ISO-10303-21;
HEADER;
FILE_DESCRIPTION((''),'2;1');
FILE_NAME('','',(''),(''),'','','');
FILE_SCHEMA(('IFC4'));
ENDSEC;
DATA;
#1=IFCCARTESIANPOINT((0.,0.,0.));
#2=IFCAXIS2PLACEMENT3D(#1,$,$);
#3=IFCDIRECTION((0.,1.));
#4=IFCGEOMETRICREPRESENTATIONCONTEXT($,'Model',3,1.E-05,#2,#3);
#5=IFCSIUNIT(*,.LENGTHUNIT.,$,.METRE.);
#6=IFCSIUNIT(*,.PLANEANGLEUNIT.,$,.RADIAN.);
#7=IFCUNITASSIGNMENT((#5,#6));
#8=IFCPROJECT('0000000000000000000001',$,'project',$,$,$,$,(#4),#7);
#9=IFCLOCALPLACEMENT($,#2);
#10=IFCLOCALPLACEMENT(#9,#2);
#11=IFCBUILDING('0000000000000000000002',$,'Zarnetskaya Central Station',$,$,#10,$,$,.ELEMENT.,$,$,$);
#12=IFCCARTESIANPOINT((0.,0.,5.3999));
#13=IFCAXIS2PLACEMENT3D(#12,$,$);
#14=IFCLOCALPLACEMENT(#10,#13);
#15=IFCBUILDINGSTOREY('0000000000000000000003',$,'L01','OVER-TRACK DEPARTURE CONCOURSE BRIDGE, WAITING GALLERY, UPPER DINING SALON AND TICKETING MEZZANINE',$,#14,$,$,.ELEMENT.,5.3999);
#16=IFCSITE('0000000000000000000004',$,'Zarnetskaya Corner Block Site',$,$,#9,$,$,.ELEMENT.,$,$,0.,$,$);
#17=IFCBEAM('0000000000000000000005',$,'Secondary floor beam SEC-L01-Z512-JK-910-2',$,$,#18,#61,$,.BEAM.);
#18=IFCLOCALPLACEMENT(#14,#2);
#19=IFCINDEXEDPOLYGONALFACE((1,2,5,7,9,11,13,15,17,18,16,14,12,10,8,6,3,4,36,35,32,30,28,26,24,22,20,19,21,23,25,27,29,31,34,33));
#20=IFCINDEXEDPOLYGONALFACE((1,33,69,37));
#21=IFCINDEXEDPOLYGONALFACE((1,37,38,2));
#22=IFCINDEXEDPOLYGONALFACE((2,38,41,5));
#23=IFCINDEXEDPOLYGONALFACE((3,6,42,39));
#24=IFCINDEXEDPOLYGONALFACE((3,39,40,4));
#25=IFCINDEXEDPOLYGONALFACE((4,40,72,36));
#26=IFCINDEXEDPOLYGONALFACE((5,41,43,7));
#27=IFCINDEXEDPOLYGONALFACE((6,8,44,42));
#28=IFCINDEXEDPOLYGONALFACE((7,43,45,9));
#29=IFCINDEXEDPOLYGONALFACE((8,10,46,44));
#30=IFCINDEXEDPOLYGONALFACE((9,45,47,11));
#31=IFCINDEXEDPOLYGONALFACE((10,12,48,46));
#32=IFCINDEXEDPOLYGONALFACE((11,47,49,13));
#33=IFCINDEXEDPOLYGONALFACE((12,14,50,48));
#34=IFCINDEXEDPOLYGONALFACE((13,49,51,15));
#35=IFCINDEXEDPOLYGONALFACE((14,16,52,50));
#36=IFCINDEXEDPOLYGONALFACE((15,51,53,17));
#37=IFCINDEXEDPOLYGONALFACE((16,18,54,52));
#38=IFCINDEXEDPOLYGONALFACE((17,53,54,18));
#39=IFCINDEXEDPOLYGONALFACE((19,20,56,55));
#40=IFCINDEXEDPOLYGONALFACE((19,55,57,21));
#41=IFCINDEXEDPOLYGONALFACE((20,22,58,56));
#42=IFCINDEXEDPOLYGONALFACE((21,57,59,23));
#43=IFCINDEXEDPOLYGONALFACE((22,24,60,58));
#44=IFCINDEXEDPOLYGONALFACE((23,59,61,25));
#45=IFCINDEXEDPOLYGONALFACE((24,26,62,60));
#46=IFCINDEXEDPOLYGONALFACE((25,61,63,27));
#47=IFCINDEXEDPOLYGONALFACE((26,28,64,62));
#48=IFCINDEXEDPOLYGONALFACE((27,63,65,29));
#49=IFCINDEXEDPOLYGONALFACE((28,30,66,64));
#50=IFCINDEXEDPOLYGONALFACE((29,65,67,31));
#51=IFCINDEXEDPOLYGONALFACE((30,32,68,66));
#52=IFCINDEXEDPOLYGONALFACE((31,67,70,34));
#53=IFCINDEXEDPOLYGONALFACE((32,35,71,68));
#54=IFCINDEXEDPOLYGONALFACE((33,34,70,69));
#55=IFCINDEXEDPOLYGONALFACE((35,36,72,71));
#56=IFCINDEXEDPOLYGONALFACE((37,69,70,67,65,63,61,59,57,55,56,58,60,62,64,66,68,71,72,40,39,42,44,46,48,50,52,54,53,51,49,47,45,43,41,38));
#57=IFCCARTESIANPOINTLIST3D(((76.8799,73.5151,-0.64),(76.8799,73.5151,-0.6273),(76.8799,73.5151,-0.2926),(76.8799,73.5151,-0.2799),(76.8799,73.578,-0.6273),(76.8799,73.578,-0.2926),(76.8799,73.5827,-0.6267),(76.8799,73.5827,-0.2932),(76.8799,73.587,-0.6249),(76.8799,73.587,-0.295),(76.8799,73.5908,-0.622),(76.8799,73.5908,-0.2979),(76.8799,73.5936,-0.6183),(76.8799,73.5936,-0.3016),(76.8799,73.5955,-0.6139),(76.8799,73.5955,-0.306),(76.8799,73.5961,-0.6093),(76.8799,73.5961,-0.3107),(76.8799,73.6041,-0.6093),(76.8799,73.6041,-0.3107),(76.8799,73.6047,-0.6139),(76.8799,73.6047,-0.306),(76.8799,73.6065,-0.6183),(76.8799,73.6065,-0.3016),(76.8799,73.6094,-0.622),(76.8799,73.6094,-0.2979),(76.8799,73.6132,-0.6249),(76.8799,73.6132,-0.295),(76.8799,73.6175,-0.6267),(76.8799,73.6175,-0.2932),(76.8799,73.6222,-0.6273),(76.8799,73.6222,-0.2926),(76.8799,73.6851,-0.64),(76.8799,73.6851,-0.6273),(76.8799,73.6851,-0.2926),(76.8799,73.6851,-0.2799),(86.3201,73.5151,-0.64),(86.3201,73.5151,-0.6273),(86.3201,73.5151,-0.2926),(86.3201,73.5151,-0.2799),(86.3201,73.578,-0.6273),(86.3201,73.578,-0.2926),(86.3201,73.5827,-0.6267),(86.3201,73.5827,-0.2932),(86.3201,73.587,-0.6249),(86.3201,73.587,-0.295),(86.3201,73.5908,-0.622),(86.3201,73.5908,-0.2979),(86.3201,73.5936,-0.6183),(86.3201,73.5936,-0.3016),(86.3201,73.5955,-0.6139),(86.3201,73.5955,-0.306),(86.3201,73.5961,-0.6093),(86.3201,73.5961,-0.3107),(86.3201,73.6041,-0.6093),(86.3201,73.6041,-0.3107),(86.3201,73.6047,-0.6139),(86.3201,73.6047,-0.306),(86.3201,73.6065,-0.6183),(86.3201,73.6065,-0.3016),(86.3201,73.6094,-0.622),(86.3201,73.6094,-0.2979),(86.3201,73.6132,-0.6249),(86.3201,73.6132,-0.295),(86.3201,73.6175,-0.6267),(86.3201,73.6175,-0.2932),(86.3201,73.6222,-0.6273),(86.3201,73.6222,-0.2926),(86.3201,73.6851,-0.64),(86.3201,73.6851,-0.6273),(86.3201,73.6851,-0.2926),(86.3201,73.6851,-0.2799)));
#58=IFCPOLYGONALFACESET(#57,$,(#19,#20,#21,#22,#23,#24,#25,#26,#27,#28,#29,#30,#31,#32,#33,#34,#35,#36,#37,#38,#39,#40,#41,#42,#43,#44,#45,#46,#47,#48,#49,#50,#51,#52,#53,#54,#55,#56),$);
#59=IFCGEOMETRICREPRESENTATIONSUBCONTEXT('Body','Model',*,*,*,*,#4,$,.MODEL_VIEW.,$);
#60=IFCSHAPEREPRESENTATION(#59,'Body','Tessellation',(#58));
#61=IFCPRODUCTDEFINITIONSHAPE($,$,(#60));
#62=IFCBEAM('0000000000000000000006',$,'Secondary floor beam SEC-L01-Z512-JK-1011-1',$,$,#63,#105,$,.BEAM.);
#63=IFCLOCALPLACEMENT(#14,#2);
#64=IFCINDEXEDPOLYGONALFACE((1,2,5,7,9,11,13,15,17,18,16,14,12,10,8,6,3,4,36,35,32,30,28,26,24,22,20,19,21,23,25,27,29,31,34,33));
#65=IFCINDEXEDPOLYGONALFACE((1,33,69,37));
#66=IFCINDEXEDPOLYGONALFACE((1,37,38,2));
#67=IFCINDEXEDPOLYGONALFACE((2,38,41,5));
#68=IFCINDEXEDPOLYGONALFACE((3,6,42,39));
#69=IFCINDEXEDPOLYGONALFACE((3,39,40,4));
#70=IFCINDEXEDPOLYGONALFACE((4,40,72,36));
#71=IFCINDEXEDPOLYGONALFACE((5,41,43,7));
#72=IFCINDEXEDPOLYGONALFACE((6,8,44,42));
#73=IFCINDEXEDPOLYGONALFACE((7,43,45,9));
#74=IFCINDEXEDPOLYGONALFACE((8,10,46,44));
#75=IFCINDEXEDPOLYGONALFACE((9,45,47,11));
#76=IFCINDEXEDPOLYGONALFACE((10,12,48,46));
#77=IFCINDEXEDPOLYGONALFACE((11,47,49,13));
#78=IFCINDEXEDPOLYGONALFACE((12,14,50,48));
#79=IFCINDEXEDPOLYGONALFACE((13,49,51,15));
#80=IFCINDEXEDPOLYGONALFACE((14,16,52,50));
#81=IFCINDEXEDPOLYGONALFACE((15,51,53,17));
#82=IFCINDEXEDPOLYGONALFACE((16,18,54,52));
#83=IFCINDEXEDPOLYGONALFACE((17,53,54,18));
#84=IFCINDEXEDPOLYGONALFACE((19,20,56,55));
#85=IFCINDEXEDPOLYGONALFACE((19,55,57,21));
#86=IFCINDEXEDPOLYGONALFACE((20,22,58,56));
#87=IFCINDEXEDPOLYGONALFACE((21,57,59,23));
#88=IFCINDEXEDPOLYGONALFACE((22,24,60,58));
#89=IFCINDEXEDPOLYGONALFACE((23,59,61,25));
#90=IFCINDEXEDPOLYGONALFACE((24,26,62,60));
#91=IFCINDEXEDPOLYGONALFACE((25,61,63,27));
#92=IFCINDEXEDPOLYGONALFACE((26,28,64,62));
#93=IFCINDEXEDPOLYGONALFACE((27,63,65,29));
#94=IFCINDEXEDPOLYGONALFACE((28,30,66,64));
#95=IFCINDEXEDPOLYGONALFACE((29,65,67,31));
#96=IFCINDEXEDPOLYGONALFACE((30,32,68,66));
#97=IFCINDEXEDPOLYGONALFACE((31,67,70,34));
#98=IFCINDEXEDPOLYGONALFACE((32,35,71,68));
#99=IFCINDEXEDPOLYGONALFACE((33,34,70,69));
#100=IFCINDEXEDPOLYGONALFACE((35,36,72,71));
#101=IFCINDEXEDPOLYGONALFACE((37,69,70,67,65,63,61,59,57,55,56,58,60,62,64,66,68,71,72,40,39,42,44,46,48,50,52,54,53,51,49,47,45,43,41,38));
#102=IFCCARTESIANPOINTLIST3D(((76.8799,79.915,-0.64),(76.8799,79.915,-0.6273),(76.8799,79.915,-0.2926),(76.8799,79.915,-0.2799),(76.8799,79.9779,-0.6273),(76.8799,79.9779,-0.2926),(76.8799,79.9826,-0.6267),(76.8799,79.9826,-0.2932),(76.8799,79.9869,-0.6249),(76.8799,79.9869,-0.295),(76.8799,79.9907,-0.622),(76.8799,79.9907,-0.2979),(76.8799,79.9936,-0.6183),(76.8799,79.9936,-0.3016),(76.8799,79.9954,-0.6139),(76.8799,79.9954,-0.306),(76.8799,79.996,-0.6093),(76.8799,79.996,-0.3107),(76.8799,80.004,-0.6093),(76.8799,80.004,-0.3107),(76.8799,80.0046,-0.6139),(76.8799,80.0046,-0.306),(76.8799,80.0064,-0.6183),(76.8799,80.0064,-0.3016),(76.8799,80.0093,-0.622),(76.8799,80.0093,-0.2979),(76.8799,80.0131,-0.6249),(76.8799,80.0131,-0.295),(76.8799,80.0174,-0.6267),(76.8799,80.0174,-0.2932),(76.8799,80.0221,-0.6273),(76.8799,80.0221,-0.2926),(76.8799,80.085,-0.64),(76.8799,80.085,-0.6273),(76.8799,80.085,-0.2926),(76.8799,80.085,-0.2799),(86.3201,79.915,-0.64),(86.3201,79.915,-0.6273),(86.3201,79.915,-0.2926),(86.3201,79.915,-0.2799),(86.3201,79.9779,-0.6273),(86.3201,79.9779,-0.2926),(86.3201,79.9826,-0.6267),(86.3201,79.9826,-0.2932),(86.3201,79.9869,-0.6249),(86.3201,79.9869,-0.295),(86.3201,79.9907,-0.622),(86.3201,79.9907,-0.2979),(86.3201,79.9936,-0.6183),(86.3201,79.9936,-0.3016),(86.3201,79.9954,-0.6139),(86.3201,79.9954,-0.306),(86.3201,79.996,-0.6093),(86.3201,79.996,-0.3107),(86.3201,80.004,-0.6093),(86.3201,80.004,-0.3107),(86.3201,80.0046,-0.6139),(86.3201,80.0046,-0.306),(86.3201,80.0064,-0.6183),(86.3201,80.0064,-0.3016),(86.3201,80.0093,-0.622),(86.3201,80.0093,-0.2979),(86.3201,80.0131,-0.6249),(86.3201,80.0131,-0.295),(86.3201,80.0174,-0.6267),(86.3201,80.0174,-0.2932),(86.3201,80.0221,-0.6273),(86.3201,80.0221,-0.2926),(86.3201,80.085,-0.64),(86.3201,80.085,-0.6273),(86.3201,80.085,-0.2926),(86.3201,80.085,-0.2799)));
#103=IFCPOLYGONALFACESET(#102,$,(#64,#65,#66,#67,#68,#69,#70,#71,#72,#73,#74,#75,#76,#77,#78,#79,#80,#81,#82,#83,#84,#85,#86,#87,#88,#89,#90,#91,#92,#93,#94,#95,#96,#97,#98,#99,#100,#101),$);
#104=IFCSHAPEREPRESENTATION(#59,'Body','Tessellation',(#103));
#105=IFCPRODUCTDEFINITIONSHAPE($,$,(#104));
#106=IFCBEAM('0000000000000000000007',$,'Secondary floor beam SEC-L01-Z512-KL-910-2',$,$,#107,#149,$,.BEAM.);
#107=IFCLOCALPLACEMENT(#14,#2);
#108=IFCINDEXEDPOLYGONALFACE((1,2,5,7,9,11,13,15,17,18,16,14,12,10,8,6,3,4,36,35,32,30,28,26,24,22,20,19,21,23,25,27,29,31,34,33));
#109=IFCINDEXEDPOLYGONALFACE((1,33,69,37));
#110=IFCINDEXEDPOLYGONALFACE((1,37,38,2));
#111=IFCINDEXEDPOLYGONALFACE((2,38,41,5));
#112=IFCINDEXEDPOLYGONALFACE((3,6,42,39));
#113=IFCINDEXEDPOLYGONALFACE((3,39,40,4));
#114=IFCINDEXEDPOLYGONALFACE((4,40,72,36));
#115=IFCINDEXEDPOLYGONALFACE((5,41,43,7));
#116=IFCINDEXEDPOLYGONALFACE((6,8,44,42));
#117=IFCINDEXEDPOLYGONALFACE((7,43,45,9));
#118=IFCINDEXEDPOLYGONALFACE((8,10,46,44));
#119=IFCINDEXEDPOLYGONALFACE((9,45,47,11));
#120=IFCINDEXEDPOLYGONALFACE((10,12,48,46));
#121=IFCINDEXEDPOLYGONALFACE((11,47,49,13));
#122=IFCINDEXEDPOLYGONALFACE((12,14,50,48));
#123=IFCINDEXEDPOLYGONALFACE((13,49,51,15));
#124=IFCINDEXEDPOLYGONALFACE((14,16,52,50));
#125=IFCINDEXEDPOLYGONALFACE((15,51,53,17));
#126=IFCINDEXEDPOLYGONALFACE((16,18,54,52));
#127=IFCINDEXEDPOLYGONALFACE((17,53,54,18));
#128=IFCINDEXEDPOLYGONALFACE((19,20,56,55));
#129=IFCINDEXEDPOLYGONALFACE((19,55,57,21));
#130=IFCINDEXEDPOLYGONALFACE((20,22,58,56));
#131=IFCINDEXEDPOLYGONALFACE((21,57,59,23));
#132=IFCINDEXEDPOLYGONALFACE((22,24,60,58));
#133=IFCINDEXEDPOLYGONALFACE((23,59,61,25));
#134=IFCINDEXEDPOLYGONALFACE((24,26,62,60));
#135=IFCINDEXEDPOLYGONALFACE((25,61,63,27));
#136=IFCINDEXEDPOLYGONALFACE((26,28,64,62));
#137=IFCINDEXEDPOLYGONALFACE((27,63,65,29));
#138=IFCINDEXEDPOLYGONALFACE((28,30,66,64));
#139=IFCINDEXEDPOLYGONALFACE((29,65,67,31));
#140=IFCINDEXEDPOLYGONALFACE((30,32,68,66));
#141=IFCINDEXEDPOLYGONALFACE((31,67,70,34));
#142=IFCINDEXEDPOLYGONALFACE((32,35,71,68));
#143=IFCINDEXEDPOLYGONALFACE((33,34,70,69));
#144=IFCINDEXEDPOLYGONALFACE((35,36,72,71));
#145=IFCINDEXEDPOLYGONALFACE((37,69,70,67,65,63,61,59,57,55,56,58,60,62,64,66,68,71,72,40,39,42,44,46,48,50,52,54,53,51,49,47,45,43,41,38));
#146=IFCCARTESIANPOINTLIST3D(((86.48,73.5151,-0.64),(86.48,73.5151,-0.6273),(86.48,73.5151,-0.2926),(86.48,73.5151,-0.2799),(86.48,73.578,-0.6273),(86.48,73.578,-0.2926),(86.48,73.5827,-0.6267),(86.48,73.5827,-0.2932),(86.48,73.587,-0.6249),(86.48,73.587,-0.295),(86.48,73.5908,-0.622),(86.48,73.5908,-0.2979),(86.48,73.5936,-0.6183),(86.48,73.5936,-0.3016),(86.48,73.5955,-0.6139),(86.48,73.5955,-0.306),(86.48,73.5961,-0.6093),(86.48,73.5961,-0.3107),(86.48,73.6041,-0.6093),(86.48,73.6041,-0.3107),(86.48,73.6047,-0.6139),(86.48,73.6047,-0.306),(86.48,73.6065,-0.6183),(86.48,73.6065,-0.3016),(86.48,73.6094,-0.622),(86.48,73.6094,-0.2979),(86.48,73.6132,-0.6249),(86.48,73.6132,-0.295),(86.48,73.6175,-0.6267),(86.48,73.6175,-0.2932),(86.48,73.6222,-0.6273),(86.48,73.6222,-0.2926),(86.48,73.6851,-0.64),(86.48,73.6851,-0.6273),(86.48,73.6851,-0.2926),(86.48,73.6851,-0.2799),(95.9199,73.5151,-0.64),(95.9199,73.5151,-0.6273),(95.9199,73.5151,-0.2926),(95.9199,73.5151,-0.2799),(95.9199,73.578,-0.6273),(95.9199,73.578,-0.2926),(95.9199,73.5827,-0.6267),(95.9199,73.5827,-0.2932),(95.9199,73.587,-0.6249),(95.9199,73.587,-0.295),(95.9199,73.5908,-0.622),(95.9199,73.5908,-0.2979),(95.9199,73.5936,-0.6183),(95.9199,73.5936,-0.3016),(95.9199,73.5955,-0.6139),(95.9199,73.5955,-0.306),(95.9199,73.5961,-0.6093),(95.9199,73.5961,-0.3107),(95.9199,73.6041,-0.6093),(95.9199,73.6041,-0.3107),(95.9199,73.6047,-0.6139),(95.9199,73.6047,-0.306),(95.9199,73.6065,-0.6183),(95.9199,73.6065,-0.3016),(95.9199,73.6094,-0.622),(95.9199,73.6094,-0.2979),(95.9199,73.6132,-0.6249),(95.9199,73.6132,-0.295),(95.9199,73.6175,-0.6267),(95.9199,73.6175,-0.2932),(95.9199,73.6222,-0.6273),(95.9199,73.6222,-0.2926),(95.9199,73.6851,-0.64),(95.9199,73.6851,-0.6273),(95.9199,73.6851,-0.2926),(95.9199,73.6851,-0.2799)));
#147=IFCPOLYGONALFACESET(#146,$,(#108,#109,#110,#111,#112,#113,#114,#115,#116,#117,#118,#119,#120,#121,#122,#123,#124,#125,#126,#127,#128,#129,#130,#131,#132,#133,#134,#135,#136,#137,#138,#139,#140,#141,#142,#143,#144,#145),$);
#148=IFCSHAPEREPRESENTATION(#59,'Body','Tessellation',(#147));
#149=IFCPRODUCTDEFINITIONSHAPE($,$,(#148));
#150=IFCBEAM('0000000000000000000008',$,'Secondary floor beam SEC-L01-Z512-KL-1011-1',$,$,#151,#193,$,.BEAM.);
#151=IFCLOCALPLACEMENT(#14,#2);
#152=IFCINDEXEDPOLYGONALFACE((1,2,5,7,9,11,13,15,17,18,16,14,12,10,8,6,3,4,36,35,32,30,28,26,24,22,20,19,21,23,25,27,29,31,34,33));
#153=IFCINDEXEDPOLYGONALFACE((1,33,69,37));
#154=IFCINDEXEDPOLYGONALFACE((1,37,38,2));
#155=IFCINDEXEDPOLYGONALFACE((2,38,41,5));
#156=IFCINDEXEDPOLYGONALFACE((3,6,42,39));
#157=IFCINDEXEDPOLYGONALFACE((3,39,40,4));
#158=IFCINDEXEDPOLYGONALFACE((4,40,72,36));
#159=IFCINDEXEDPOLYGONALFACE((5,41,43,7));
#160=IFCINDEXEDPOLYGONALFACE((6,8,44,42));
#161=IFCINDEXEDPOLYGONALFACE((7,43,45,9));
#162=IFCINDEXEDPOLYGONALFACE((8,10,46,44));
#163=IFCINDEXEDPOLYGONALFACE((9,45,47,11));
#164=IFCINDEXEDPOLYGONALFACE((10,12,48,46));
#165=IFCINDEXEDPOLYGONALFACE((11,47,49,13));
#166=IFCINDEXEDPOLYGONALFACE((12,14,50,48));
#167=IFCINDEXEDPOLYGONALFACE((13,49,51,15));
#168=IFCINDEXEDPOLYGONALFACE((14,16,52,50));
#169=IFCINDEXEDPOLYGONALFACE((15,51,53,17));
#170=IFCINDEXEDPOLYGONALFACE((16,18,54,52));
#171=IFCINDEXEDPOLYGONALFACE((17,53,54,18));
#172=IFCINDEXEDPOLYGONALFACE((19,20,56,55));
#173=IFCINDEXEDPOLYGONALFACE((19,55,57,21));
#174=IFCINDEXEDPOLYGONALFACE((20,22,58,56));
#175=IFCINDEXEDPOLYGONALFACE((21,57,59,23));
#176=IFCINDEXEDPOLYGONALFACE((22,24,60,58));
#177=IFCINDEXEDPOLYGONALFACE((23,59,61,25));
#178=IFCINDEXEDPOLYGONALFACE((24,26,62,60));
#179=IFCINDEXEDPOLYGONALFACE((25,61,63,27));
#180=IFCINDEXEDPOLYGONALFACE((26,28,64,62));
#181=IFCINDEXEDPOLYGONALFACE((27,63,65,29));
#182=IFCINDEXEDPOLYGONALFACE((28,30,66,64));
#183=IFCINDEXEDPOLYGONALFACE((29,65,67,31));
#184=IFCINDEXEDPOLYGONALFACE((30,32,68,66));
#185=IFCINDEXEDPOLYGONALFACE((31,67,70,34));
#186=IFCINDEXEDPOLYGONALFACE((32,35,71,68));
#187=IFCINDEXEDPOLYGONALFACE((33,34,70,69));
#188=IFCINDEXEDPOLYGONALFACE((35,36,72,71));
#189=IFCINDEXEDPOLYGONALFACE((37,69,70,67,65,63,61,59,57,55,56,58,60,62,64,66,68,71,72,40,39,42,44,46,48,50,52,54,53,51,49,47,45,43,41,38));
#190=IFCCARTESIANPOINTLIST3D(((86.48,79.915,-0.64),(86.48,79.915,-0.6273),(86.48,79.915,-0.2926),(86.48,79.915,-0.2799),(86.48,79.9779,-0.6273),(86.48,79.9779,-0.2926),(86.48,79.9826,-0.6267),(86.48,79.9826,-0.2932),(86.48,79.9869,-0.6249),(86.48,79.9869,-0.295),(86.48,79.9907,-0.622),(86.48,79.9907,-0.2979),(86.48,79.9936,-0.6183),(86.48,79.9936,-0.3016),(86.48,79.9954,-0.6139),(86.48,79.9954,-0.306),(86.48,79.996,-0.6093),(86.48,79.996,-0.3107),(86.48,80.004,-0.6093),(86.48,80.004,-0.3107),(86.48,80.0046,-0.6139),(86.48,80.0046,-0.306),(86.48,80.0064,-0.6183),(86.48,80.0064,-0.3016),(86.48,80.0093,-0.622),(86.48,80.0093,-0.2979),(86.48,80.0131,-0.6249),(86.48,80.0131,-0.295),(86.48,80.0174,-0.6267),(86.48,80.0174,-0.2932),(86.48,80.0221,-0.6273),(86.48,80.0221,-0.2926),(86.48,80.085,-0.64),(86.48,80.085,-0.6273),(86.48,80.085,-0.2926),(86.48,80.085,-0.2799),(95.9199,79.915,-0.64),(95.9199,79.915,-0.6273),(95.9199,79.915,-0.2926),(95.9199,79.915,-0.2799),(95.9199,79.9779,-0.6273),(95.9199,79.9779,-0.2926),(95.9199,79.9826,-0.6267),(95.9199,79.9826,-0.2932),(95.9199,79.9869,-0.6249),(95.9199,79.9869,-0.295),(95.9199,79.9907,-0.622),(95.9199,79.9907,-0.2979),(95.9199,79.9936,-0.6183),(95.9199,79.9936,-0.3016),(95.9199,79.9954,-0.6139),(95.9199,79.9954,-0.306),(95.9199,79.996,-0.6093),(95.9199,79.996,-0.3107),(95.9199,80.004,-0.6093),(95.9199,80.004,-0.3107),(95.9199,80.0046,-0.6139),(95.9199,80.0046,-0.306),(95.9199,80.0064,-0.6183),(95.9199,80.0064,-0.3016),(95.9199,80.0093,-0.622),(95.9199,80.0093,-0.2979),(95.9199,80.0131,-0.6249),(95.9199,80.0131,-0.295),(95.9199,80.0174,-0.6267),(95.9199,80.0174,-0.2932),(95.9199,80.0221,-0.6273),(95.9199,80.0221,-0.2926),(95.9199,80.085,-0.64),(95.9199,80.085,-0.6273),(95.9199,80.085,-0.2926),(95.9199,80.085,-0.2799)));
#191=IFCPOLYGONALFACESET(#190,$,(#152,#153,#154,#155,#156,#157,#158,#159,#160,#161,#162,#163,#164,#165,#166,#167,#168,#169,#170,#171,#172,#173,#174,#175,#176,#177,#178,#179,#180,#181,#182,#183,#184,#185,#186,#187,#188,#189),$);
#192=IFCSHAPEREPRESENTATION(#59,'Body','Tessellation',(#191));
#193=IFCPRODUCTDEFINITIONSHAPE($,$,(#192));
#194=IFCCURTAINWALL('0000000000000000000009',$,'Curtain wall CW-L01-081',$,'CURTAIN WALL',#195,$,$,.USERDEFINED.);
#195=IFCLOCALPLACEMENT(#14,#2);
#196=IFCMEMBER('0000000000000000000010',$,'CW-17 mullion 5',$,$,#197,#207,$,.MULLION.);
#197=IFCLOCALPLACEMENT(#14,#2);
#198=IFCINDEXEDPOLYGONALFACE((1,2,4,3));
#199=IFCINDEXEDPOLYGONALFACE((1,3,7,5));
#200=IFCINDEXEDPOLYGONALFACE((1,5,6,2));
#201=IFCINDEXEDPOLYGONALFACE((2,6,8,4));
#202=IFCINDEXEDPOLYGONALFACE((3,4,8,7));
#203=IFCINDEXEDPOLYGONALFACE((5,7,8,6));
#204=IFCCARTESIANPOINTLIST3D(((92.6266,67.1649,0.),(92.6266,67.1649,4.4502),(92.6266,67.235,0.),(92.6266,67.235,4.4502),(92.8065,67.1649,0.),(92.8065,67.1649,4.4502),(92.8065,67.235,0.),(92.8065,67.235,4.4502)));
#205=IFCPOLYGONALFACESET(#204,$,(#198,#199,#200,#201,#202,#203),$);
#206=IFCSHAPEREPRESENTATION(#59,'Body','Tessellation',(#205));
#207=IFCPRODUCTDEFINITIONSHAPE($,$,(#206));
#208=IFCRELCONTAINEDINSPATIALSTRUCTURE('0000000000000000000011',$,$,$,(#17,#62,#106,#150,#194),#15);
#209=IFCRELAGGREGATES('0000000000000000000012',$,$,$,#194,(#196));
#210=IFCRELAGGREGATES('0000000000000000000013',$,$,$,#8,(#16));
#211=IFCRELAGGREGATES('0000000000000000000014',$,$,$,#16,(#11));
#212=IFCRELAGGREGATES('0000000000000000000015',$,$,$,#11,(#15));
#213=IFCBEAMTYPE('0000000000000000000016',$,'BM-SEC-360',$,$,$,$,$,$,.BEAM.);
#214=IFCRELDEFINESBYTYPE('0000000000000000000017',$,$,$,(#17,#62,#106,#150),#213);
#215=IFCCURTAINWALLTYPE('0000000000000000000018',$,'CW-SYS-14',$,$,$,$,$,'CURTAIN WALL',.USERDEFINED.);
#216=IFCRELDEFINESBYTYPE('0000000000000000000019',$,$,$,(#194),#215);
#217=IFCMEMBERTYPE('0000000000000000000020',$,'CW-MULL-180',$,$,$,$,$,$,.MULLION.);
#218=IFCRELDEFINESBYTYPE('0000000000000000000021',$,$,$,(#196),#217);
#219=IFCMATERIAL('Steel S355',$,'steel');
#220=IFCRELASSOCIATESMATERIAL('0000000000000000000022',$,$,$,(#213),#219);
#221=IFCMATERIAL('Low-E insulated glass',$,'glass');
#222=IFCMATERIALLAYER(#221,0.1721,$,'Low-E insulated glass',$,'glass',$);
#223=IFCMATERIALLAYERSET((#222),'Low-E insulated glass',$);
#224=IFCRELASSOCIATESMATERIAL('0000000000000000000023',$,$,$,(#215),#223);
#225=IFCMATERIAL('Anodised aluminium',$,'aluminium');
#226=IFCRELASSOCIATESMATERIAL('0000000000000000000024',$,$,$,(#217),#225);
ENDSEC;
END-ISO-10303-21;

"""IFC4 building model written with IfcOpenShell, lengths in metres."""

from ifc_helpers import new_model, si_unit, direction, frame, origin, origin_2d, place, context, subcontext, project, spatial, rectangle, i_section, extrude, material, layer, layer_set, material_profile, profile_set, type_object, element, aggregate, save


model = new_model("IFC4")

# Units and contexts
model_context = context("Model", 3, precision=1e-05, world=origin(), true_north=direction((0.0, 1.0)))
body_context = subcontext(model_context, "Body", "Model", "MODEL_VIEW")
ifc_project = project(units=[si_unit("LENGTHUNIT", "METRE"), si_unit("PLANEANGLEUNIT", "RADIAN")], contexts=[model_context])

# Site, building, storey
site_placement = place(None, origin())
site = spatial("IfcSite", under=ifc_project, at=site_placement, Name="Zarnetskaya Corner Block Site", CompositionType="ELEMENT", RefElevation=0.0)
building_placement = place(site_placement, origin())
building = spatial("IfcBuilding", under=site, at=building_placement, Name="Zarnetskaya Central Station", CompositionType="ELEMENT")
storey_placement = place(building_placement, frame((0.0, 0.0, 5.3999)))
storey = spatial("IfcBuildingStorey", under=building, at=storey_placement, Name="L01", Description="OVER-TRACK DEPARTURE CONCOURSE BRIDGE, WAITING GALLERY, UPPER DINING SALON AND TICKETING MEZZANINE", CompositionType="ELEMENT", Elevation=5.3999)

# Shared definitions
ifc_material_1 = material(Name="Steel S355", Category="steel")

# Beams
ifc_material_profile_1 = material_profile(ifc_material_1, i_section(OverallWidth=0.1699, OverallDepth=0.3601, WebThickness=0.0081, FlangeThickness=0.0127, FilletRadius=0.0181, at=origin_2d()), Name="IPE 360")
ifc_profile_set_1 = profile_set([ifc_material_profile_1], Name="Steel S355")
beam_type_1 = type_object("IfcBeamType", Name="BM-SEC-360", PredefinedType="BEAM", material=ifc_profile_set_1)
for number, where, z_axis, x_axis, name in (
    (1, (76.8799, 73.6001, -0.46), (1.0, 0.0, 0.0), (0.0, 1.0, 0.0), "Secondary floor beam SEC-L01-Z512-JK-910-2"),
    (2, (76.8799, 80.0, -0.46), (1.0, 0.0, 0.0), (0.0, 1.0, 0.0), "Secondary floor beam SEC-L01-Z512-JK-1011-1"),
):
    element("IfcBeam", number, at=place(storey_placement, frame(where, z_axis=z_axis, x_axis=x_axis)), inside=storey, type_object=beam_type_1, Name=name, PredefinedType="BEAM", context=body_context, shape_type="SweptSolid", body=[
        extrude(i_section(OverallWidth=0.1699, OverallDepth=0.3601, WebThickness=0.0081, FlangeThickness=0.0127, FilletRadius=0.0181, at=origin_2d()), origin(), (0.0, 0.0, 1.0), 9.4402),
    ])
for number, where, z_axis, x_axis, name in (
    (3, (86.48, 73.6001, -0.46), (1.0, 0.0, 0.0), (0.0, 1.0, 0.0), "Secondary floor beam SEC-L01-Z512-KL-910-2"),
    (4, (86.48, 80.0, -0.46), (1.0, 0.0, 0.0), (0.0, 1.0, 0.0), "Secondary floor beam SEC-L01-Z512-KL-1011-1"),
):
    element("IfcBeam", number, at=place(storey_placement, frame(where, z_axis=z_axis, x_axis=x_axis)), inside=storey, type_object=beam_type_1, Name=name, PredefinedType="BEAM", context=body_context, shape_type="SweptSolid", body=[
        extrude(i_section(OverallWidth=0.1699, OverallDepth=0.3601, WebThickness=0.0081, FlangeThickness=0.0127, FilletRadius=0.0181, at=origin_2d()), origin(), (0.0, 0.0, 1.0), 9.4399),
    ])

# Curtain wall, member
ifc_material_2 = material(Name="Low-E insulated glass", Category="glass")
ifc_layer_1 = layer(ifc_material_2, 0.1721, Name="Low-E insulated glass", Category="glass")
ifc_layer_set_1 = layer_set([ifc_layer_1], Name="Low-E insulated glass")
curtain_wall_type = type_object("IfcCurtainWallType", Name="CW-SYS-14", ElementType="CURTAIN WALL", PredefinedType="USERDEFINED", material=ifc_layer_set_1)
curtain_wall_placement = place(storey_placement, origin())
curtain_wall = element("IfcCurtainWall", 5, at=curtain_wall_placement, inside=storey, type_object=curtain_wall_type, Name="Curtain wall CW-L01-081", ObjectType="CURTAIN WALL", PredefinedType="USERDEFINED")
ifc_material_3 = material(Name="Anodised aluminium", Category="aluminium")
ifc_material_profile_2 = material_profile(ifc_material_3, rectangle(XDim=0.0701, YDim=0.1799, at=origin_2d()), Name="ALU MULL 70x180")
ifc_profile_set_2 = profile_set([ifc_material_profile_2], Name="Anodised aluminium")
member_type_1 = type_object("IfcMemberType", Name="CW-MULL-180", PredefinedType="MULLION", material=ifc_profile_set_2)
member_1_placement = place(storey_placement, frame((92.7166, 67.2, 0.0), z_axis=(0.0, 0.0, 1.0), x_axis=(0.0, 1.0, 0.0)))
member_1 = element("IfcMember", 6, at=member_1_placement, type_object=member_type_1, Name="CW-17 mullion 5", PredefinedType="MULLION", context=body_context, shape_type="SweptSolid", body=[
    extrude(rectangle(XDim=0.0701, YDim=0.1799, at=origin_2d()), origin(), (0.0, 0.0, 1.0), 4.4502),
])

aggregate(curtain_wall, [member_1])

save(model, "model.ifc")
